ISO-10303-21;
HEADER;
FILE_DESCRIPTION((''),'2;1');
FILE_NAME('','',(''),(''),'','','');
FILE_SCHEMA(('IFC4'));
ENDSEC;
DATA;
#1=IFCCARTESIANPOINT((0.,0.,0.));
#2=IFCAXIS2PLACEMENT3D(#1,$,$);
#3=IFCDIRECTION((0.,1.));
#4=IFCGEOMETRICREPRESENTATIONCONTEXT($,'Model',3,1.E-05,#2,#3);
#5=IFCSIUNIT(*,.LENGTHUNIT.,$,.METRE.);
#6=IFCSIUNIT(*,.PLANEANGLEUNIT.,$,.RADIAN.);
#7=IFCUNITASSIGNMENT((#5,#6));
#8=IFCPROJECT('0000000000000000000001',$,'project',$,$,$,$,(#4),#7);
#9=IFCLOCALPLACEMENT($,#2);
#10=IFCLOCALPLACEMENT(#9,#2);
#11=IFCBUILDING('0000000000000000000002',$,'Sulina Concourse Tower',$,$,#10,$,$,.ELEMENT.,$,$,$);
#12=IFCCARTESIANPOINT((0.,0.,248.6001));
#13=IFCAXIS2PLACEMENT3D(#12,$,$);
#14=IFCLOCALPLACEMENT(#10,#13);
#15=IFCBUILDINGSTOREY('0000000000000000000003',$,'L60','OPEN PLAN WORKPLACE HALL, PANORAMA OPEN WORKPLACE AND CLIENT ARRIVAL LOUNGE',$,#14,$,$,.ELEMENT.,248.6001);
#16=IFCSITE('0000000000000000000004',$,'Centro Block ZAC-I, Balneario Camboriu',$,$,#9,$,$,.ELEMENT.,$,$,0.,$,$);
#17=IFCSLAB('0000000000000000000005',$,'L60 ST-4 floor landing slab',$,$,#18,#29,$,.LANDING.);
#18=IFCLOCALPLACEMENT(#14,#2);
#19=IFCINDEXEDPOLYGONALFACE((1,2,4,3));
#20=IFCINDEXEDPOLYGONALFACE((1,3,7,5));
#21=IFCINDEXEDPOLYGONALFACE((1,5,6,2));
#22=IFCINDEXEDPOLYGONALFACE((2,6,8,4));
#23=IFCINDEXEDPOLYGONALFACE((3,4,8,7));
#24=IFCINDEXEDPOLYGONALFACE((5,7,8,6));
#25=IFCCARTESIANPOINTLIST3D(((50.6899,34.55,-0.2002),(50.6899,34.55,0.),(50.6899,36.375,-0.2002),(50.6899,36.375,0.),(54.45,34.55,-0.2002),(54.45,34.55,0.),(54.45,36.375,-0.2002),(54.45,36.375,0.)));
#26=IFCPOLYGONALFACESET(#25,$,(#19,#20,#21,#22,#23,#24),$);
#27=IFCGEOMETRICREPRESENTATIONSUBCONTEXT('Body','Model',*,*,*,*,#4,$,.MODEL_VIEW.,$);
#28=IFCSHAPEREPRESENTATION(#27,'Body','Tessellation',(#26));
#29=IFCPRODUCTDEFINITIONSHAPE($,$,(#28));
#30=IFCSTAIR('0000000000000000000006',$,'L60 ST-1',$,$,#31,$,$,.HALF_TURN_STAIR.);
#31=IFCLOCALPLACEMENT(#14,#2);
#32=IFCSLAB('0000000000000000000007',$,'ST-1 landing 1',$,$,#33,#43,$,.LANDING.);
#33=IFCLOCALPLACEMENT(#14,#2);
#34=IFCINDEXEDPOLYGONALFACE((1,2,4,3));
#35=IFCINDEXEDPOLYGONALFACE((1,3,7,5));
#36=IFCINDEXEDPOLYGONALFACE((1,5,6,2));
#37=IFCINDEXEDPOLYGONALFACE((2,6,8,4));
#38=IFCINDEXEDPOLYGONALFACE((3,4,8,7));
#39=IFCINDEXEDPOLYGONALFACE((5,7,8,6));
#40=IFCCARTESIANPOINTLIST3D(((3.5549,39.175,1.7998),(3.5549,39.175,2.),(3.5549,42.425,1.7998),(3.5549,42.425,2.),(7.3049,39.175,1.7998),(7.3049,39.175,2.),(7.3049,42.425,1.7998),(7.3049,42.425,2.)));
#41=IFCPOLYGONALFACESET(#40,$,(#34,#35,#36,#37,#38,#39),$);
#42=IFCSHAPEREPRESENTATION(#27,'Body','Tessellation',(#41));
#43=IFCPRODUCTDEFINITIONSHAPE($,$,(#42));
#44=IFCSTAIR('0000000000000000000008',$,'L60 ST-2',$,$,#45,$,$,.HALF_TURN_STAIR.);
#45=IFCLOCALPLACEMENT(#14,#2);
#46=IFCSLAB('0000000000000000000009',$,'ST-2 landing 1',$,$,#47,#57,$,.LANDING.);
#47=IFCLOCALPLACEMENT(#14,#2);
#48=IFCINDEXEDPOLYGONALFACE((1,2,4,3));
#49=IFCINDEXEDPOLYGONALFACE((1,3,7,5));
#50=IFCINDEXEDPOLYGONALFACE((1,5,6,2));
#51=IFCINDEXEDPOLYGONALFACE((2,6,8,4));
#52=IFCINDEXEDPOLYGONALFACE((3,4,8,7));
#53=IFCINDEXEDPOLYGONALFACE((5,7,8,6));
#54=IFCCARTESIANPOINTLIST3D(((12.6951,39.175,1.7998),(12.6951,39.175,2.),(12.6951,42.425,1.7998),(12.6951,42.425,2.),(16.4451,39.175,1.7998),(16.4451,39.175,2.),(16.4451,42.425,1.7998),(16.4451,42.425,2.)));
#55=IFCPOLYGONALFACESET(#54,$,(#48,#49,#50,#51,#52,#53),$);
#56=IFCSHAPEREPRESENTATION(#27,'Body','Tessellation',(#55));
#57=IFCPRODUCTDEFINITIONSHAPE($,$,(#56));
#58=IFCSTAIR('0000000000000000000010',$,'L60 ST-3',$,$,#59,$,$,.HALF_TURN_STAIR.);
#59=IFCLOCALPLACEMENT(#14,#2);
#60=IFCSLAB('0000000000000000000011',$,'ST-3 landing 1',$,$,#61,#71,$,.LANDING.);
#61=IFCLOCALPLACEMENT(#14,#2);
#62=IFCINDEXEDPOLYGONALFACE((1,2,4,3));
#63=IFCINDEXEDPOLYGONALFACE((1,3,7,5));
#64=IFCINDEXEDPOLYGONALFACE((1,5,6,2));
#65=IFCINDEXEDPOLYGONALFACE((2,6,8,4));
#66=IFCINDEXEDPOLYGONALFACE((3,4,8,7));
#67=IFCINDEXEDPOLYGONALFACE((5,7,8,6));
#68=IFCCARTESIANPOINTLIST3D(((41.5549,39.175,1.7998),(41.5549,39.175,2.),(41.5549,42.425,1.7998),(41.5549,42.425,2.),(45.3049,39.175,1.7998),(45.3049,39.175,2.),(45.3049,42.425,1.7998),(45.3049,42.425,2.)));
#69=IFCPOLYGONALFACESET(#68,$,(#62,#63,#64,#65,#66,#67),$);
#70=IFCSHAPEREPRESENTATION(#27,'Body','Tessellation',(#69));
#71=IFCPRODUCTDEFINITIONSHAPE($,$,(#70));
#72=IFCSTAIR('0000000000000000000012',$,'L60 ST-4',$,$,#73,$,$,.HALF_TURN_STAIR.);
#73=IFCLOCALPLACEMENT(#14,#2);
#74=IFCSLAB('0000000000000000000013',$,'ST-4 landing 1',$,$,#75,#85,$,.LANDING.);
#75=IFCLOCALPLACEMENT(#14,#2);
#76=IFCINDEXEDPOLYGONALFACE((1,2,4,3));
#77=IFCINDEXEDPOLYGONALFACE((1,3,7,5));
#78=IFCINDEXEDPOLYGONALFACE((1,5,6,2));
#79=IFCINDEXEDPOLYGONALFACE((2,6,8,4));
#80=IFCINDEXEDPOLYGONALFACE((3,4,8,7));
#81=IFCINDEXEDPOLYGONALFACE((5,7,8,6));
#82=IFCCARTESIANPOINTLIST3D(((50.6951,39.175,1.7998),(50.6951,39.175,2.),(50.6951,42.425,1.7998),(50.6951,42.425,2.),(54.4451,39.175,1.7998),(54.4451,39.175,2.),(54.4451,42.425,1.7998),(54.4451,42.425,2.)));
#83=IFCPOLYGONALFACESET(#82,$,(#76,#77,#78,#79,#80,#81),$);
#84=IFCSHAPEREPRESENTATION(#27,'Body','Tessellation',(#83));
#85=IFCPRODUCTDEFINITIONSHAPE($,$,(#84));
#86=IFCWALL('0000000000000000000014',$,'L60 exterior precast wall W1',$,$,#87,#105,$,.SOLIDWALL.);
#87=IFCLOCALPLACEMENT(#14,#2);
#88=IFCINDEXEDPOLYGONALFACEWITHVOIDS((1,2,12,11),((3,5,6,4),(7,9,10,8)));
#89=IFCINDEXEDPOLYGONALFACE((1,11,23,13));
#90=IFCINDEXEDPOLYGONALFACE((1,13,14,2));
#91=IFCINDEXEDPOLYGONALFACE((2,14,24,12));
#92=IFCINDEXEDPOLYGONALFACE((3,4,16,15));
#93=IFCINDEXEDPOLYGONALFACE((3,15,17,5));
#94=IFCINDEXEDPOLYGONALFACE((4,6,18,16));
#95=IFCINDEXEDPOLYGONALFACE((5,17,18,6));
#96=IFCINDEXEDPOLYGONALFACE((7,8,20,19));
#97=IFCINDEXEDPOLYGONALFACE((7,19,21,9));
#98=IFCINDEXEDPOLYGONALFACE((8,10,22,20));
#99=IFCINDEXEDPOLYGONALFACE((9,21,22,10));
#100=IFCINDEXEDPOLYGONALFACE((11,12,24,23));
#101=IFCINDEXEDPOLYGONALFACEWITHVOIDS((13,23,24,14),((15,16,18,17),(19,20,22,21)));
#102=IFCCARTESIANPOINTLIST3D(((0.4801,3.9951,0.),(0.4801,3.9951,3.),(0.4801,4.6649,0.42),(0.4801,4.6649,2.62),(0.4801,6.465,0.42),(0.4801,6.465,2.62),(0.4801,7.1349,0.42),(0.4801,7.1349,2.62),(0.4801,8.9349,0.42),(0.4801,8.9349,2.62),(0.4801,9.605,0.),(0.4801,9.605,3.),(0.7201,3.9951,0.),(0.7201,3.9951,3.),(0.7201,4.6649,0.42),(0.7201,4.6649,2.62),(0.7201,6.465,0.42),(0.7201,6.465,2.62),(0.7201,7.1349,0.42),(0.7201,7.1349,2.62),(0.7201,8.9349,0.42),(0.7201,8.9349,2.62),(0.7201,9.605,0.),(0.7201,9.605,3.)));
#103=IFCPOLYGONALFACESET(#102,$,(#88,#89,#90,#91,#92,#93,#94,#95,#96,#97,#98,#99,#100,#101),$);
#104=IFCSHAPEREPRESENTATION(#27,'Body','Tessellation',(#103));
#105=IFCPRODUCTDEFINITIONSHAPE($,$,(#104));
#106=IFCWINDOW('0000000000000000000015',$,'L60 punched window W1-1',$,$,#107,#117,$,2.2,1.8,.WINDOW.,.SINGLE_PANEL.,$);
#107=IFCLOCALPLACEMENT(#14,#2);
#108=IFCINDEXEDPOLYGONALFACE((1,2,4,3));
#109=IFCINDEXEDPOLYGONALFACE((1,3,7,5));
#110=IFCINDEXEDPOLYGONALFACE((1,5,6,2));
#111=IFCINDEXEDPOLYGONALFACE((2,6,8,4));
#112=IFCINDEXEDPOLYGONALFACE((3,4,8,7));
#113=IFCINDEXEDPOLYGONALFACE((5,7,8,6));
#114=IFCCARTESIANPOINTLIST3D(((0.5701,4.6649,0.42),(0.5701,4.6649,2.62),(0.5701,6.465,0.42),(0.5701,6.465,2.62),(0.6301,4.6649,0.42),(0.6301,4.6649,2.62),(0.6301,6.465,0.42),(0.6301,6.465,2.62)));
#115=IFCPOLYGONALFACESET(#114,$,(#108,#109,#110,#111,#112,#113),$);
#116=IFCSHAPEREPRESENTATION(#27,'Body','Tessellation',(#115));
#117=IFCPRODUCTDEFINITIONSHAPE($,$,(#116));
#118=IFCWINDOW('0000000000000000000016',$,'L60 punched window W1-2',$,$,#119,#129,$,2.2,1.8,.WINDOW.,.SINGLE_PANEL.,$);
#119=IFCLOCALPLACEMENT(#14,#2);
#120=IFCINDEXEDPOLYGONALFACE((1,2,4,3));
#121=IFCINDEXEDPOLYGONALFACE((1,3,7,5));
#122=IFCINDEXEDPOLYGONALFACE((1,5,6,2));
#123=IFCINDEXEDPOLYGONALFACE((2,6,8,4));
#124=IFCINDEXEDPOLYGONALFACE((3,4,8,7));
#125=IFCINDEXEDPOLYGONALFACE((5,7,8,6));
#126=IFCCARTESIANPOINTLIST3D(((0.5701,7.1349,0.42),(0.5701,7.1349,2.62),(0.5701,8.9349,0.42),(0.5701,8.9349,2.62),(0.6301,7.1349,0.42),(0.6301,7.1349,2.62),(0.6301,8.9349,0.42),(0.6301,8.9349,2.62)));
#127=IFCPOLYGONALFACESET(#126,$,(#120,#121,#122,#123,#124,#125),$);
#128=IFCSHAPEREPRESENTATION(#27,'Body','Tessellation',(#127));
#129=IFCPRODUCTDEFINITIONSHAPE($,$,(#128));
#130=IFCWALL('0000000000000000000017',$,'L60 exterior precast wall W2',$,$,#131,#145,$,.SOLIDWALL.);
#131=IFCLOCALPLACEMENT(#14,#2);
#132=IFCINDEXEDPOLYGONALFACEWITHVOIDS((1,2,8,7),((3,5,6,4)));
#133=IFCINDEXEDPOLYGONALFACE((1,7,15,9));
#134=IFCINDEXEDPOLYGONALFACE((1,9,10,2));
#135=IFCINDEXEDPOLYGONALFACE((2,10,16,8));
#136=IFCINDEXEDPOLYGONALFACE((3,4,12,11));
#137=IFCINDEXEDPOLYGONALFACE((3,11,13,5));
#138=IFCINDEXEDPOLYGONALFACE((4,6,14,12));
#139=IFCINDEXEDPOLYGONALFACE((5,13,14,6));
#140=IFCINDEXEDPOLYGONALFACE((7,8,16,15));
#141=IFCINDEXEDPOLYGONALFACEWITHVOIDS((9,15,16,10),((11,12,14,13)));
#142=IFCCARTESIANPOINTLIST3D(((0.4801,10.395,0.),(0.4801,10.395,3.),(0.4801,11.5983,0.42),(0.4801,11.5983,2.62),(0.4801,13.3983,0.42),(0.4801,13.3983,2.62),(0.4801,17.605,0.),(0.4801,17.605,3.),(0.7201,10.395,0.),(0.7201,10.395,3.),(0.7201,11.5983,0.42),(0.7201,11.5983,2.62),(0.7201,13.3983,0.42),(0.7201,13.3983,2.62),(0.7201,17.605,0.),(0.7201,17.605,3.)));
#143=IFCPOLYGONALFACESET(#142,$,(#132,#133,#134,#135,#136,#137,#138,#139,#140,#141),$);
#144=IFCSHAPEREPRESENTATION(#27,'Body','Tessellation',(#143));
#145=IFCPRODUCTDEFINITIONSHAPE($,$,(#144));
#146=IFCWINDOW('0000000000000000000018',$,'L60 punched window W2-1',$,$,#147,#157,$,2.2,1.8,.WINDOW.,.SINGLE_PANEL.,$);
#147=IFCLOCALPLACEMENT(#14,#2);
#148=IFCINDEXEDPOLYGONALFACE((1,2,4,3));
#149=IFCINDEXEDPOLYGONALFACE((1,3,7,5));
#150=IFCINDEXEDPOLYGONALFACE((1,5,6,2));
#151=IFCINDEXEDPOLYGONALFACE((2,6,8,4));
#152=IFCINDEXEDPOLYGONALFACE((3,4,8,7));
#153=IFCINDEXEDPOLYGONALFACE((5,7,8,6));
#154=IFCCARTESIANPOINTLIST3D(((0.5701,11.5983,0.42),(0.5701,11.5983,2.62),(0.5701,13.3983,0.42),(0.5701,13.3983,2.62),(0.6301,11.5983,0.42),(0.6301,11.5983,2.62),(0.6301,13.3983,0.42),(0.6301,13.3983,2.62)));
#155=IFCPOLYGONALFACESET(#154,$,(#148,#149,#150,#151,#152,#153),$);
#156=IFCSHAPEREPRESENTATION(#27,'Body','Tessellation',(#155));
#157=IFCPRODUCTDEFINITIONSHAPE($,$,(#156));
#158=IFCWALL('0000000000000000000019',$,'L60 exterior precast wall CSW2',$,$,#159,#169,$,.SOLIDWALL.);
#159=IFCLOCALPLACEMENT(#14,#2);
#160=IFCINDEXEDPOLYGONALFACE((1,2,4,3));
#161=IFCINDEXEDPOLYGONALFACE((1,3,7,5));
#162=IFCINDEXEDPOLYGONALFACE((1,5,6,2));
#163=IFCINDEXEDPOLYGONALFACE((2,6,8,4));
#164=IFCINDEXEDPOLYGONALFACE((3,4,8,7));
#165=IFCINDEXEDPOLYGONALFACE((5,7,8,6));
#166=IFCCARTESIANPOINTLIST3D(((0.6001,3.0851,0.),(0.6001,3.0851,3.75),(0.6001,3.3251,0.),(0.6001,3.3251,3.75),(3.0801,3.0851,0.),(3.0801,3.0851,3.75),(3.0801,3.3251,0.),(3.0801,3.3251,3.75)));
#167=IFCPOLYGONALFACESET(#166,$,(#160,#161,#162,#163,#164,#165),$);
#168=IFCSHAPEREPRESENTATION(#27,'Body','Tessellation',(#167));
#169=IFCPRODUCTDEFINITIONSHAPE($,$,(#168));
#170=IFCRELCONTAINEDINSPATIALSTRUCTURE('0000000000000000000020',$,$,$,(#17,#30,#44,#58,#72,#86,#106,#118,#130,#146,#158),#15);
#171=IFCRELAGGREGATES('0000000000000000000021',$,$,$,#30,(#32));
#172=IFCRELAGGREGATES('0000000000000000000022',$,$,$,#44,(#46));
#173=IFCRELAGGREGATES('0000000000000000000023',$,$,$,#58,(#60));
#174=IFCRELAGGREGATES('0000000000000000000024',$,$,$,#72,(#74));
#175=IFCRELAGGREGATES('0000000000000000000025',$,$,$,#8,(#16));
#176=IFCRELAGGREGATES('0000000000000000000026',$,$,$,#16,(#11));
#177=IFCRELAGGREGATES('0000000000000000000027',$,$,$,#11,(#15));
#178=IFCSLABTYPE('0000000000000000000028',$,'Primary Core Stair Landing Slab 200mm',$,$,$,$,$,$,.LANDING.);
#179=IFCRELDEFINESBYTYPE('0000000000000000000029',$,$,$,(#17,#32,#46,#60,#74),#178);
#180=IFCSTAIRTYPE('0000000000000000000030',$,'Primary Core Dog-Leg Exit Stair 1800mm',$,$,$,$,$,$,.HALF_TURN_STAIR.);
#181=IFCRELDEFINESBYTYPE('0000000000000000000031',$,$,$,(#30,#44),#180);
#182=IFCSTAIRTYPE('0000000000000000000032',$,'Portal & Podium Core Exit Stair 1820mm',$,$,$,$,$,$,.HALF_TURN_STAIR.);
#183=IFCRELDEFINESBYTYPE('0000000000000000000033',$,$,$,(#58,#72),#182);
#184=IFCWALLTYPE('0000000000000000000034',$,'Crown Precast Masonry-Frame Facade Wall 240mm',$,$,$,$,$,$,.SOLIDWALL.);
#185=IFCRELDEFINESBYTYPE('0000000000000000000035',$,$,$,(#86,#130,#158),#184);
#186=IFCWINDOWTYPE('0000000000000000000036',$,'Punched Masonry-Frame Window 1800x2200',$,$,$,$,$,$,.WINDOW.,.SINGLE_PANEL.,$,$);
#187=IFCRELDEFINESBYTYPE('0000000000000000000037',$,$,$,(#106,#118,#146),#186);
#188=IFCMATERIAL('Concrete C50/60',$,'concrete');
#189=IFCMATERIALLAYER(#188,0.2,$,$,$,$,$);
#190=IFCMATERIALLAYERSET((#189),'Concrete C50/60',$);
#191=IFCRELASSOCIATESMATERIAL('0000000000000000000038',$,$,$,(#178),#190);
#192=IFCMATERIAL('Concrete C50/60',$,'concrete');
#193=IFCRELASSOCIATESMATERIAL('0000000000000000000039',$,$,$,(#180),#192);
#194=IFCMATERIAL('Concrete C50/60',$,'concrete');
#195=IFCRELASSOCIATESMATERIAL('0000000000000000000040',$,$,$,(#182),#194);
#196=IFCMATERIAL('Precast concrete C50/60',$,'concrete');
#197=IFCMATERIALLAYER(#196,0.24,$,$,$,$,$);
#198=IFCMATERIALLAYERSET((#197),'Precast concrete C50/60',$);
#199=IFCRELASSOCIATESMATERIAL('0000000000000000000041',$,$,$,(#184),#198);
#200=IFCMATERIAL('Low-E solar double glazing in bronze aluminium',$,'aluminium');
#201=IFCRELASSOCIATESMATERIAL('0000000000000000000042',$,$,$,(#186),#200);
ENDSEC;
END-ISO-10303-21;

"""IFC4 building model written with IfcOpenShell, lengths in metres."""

from ifc_helpers import new_model, si_unit, direction, frame, frame_2d, origin, place, context, subcontext, project, spatial, polyline, rectangle, outline, extrude, material, layer, layer_set, type_object, element, fill, aggregate, save


model = new_model("IFC4")

# Units and contexts
model_context = context("Model", 3, precision=1e-05, world=origin(), true_north=direction((0.0, 1.0)))
body_context = subcontext(model_context, "Body", "Model", "MODEL_VIEW")
ifc_project = project(units=[si_unit("LENGTHUNIT", "METRE"), si_unit("PLANEANGLEUNIT", "RADIAN")], contexts=[model_context])

# Site, building, storey
site_placement = place(None, origin())
site = spatial("IfcSite", under=ifc_project, at=site_placement, Name="Centro Block ZAC-I, Balneario Camboriu", CompositionType="ELEMENT", RefElevation=0.0)
building_placement = place(site_placement, origin())
building = spatial("IfcBuilding", under=site, at=building_placement, Name="Sulina Concourse Tower", CompositionType="ELEMENT")
storey_placement = place(building_placement, frame((0.0, 0.0, 248.6001)))
storey = spatial("IfcBuildingStorey", under=building, at=storey_placement, Name="L60", Description="OPEN PLAN WORKPLACE HALL, PANORAMA OPEN WORKPLACE AND CLIENT ARRIVAL LOUNGE", CompositionType="ELEMENT", Elevation=248.6001)

# Slab
ifc_material_1 = material(Name="Concrete C50/60", Category="concrete")
ifc_layer_1 = layer(ifc_material_1, 0.2)
ifc_layer_set_1 = layer_set([ifc_layer_1], Name="Concrete C50/60")
slab_type_1 = type_object("IfcSlabType", Name="Primary Core Stair Landing Slab 200mm", PredefinedType="LANDING", material=ifc_layer_set_1)
slab_1_placement = place(storey_placement, frame((0.0, 0.0, -0.2002)))
element("IfcSlab", 1, at=slab_1_placement, inside=storey, type_object=slab_type_1, Name="L60 ST-4 floor landing slab", PredefinedType="LANDING", context=body_context, shape_type="SweptSolid", body=[
    extrude(outline(polyline([(54.45, 34.55), (54.45, 36.375), (50.6899, 36.375), (50.6899, 34.55), (54.45, 34.55)])), origin(), (0.0, 0.0, 1.0), 0.2002),
])

# Stairs, slabs
ifc_material_2 = material(Name="Concrete C50/60", Category="concrete")
stair_type_1 = type_object("IfcStairType", Name="Primary Core Dog-Leg Exit Stair 1800mm", PredefinedType="HALF_TURN_STAIR", material=ifc_material_2)
stair_1_placement = place(storey_placement, origin())
stair_1 = element("IfcStair", 2, at=stair_1_placement, inside=storey, type_object=stair_type_1, Name="L60 ST-1", PredefinedType="HALF_TURN_STAIR")
slab_2_placement = place(storey_placement, frame((0.0, 0.0, 1.7998)))
slab_2 = element("IfcSlab", 3, at=slab_2_placement, type_object=slab_type_1, Name="ST-1 landing 1", PredefinedType="LANDING", context=body_context, shape_type="SweptSolid", body=[
    extrude(outline(polyline([(7.3049, 39.175), (7.3049, 42.425), (3.5549, 42.425), (3.5549, 39.175), (7.3049, 39.175)])), origin(), (0.0, 0.0, 1.0), 0.2002),
])
aggregate(stair_1, [slab_2])
stair_2_placement = place(storey_placement, origin())
stair_2 = element("IfcStair", 4, at=stair_2_placement, inside=storey, type_object=stair_type_1, Name="L60 ST-2", PredefinedType="HALF_TURN_STAIR")
slab_3_placement = place(storey_placement, frame((0.0, 0.0, 1.7998)))
slab_3 = element("IfcSlab", 5, at=slab_3_placement, type_object=slab_type_1, Name="ST-2 landing 1", PredefinedType="LANDING", context=body_context, shape_type="SweptSolid", body=[
    extrude(outline(polyline([(16.4451, 39.175), (16.4451, 42.425), (12.6951, 42.425), (12.6951, 39.175), (16.4451, 39.175)])), origin(), (0.0, 0.0, 1.0), 0.2002),
])
aggregate(stair_2, [slab_3])
ifc_material_3 = material(Name="Concrete C50/60", Category="concrete")
stair_type_2 = type_object("IfcStairType", Name="Portal & Podium Core Exit Stair 1820mm", PredefinedType="HALF_TURN_STAIR", material=ifc_material_3)
stair_3_placement = place(storey_placement, origin())
stair_3 = element("IfcStair", 6, at=stair_3_placement, inside=storey, type_object=stair_type_2, Name="L60 ST-3", PredefinedType="HALF_TURN_STAIR")
slab_4_placement = place(storey_placement, frame((0.0, 0.0, 1.7998)))
slab_4 = element("IfcSlab", 7, at=slab_4_placement, type_object=slab_type_1, Name="ST-3 landing 1", PredefinedType="LANDING", context=body_context, shape_type="SweptSolid", body=[
    extrude(outline(polyline([(45.3049, 39.175), (45.3049, 42.425), (41.5549, 42.425), (41.5549, 39.175), (45.3049, 39.175)])), origin(), (0.0, 0.0, 1.0), 0.2002),
])
aggregate(stair_3, [slab_4])
stair_4_placement = place(storey_placement, origin())
stair_4 = element("IfcStair", 8, at=stair_4_placement, inside=storey, type_object=stair_type_2, Name="L60 ST-4", PredefinedType="HALF_TURN_STAIR")
slab_5_placement = place(storey_placement, frame((0.0, 0.0, 1.7998)))
slab_5 = element("IfcSlab", 9, at=slab_5_placement, type_object=slab_type_1, Name="ST-4 landing 1", PredefinedType="LANDING", context=body_context, shape_type="SweptSolid", body=[
    extrude(outline(polyline([(54.4451, 39.175), (54.4451, 42.425), (50.6951, 42.425), (50.6951, 39.175), (54.4451, 39.175)])), origin(), (0.0, 0.0, 1.0), 0.2002),
])
aggregate(stair_4, [slab_5])

# Wall, openings, windows
ifc_material_4 = material(Name="Precast concrete C50/60", Category="concrete")
ifc_layer_2 = layer(ifc_material_4, 0.24)
ifc_layer_set_2 = layer_set([ifc_layer_2], Name="Precast concrete C50/60")
wall_type = type_object("IfcWallType", Name="Crown Precast Masonry-Frame Facade Wall 240mm", PredefinedType="SOLIDWALL", material=ifc_layer_set_2)
wall_1_placement = place(storey_placement, frame((0.6001, 3.9951, 0.0), z_axis=(0.0, 0.0, 1.0), x_axis=(0.0, 1.0, 0.0)))
wall_1 = element("IfcWall", 10, at=wall_1_placement, inside=storey, type_object=wall_type, Name="L60 exterior precast wall W1", PredefinedType="SOLIDWALL", context=body_context, shape_type="SweptSolid", body=[
    extrude(rectangle(XDim=5.6099, YDim=0.24, at=frame_2d((2.8049, 0.0))), origin(), (0.0, 0.0, 1.0), 3.0),
])
opening_1_placement = place(wall_1_placement, frame((0.6699, 0.0, 0.4199)))
opening_1 = element("IfcOpeningElement", 11, at=opening_1_placement, cuts=wall_1, PredefinedType="OPENING", context=body_context, shape_type="SweptSolid", body=[
    extrude(rectangle(XDim=1.8, YDim=2.2, at=frame_2d((0.8999, 1.1001))), frame((0.0, 0.1299, 0.0), z_axis=(0.0, -1.0, 0.0), x_axis=(1.0, 0.0, 0.0)), (0.0, 0.0, 1.0), 0.26),
])
opening_2_placement = place(wall_1_placement, frame((3.1399, 0.0, 0.4199)))
opening_2 = element("IfcOpeningElement", 12, at=opening_2_placement, cuts=wall_1, PredefinedType="OPENING", context=body_context, shape_type="SweptSolid", body=[
    extrude(rectangle(XDim=1.8, YDim=2.2, at=frame_2d((0.8999, 1.1001))), frame((0.0, 0.1299, 0.0), z_axis=(0.0, -1.0, 0.0), x_axis=(1.0, 0.0, 0.0)), (0.0, 0.0, 1.0), 0.26),
])
ifc_material_5 = material(Name="Low-E solar double glazing in bronze aluminium", Category="aluminium")
window_type = type_object("IfcWindowType", Name="Punched Masonry-Frame Window 1800x2200", PartitioningType="SINGLE_PANEL", PredefinedType="WINDOW", material=ifc_material_5)
window_1_placement = place(opening_1_placement, origin())
window_1 = element("IfcWindow", 13, at=window_1_placement, inside=storey, type_object=window_type, Name="L60 punched window W1-1", OverallHeight=2.2, OverallWidth=1.8, PartitioningType="SINGLE_PANEL", PredefinedType="WINDOW", context=body_context, shape_type="SweptSolid", body=[
    extrude(rectangle(XDim=1.8, YDim=2.2, at=frame_2d((0.8999, 1.1001))), frame((0.0, 0.03, 0.0), z_axis=(0.0, -1.0, 0.0), x_axis=(1.0, 0.0, 0.0)), (0.0, 0.0, 1.0), 0.0601),
])
fill(opening_1, window_1)
window_2_placement = place(opening_2_placement, origin())
window_2 = element("IfcWindow", 14, at=window_2_placement, inside=storey, type_object=window_type, Name="L60 punched window W1-2", OverallHeight=2.2, OverallWidth=1.8, PartitioningType="SINGLE_PANEL", PredefinedType="WINDOW", context=body_context, shape_type="SweptSolid", body=[
    extrude(rectangle(XDim=1.8, YDim=2.2, at=frame_2d((0.8999, 1.1001))), frame((0.0, 0.03, 0.0), z_axis=(0.0, -1.0, 0.0), x_axis=(1.0, 0.0, 0.0)), (0.0, 0.0, 1.0), 0.0601),
])
fill(opening_2, window_2)

# Wall, opening, window
wall_2_placement = place(storey_placement, frame((0.6001, 10.395, 0.0), z_axis=(0.0, 0.0, 1.0), x_axis=(0.0, 1.0, 0.0)))
wall_2 = element("IfcWall", 15, at=wall_2_placement, inside=storey, type_object=wall_type, Name="L60 exterior precast wall W2", PredefinedType="SOLIDWALL", context=body_context, shape_type="SweptSolid", body=[
    extrude(rectangle(XDim=7.21, YDim=0.24, at=frame_2d((3.605, 0.0))), origin(), (0.0, 0.0, 1.0), 3.0),
])
opening_3_placement = place(wall_2_placement, frame((1.2034, 0.0, 0.4199)))
opening_3 = element("IfcOpeningElement", 16, at=opening_3_placement, cuts=wall_2, PredefinedType="OPENING", context=body_context, shape_type="SweptSolid", body=[
    extrude(rectangle(XDim=1.8, YDim=2.2, at=frame_2d((0.8999, 1.1001))), frame((0.0, 0.1299, 0.0), z_axis=(0.0, -1.0, 0.0), x_axis=(1.0, 0.0, 0.0)), (0.0, 0.0, 1.0), 0.26),
])
window_3_placement = place(opening_3_placement, origin())
window_3 = element("IfcWindow", 17, at=window_3_placement, inside=storey, type_object=window_type, Name="L60 punched window W2-1", OverallHeight=2.2, OverallWidth=1.8, PartitioningType="SINGLE_PANEL", PredefinedType="WINDOW", context=body_context, shape_type="SweptSolid", body=[
    extrude(rectangle(XDim=1.8, YDim=2.2, at=frame_2d((0.8999, 1.1001))), frame((0.0, 0.03, 0.0), z_axis=(0.0, -1.0, 0.0), x_axis=(1.0, 0.0, 0.0)), (0.0, 0.0, 1.0), 0.0601),
])
fill(opening_3, window_3)

# Wall
wall_3_placement = place(storey_placement, frame((3.0801, 3.2051, 0.0), z_axis=(0.0, 0.0, 1.0), x_axis=(-1.0, 0.0, 0.0)))
element("IfcWall", 18, at=wall_3_placement, inside=storey, type_object=wall_type, Name="L60 exterior precast wall CSW2", PredefinedType="SOLIDWALL", context=body_context, shape_type="SweptSolid", body=[
    extrude(rectangle(XDim=2.48, YDim=0.24, at=frame_2d((1.24, 0.0))), origin(), (0.0, 0.0, 1.0), 3.75),
])

save(model, "model.ifc")
